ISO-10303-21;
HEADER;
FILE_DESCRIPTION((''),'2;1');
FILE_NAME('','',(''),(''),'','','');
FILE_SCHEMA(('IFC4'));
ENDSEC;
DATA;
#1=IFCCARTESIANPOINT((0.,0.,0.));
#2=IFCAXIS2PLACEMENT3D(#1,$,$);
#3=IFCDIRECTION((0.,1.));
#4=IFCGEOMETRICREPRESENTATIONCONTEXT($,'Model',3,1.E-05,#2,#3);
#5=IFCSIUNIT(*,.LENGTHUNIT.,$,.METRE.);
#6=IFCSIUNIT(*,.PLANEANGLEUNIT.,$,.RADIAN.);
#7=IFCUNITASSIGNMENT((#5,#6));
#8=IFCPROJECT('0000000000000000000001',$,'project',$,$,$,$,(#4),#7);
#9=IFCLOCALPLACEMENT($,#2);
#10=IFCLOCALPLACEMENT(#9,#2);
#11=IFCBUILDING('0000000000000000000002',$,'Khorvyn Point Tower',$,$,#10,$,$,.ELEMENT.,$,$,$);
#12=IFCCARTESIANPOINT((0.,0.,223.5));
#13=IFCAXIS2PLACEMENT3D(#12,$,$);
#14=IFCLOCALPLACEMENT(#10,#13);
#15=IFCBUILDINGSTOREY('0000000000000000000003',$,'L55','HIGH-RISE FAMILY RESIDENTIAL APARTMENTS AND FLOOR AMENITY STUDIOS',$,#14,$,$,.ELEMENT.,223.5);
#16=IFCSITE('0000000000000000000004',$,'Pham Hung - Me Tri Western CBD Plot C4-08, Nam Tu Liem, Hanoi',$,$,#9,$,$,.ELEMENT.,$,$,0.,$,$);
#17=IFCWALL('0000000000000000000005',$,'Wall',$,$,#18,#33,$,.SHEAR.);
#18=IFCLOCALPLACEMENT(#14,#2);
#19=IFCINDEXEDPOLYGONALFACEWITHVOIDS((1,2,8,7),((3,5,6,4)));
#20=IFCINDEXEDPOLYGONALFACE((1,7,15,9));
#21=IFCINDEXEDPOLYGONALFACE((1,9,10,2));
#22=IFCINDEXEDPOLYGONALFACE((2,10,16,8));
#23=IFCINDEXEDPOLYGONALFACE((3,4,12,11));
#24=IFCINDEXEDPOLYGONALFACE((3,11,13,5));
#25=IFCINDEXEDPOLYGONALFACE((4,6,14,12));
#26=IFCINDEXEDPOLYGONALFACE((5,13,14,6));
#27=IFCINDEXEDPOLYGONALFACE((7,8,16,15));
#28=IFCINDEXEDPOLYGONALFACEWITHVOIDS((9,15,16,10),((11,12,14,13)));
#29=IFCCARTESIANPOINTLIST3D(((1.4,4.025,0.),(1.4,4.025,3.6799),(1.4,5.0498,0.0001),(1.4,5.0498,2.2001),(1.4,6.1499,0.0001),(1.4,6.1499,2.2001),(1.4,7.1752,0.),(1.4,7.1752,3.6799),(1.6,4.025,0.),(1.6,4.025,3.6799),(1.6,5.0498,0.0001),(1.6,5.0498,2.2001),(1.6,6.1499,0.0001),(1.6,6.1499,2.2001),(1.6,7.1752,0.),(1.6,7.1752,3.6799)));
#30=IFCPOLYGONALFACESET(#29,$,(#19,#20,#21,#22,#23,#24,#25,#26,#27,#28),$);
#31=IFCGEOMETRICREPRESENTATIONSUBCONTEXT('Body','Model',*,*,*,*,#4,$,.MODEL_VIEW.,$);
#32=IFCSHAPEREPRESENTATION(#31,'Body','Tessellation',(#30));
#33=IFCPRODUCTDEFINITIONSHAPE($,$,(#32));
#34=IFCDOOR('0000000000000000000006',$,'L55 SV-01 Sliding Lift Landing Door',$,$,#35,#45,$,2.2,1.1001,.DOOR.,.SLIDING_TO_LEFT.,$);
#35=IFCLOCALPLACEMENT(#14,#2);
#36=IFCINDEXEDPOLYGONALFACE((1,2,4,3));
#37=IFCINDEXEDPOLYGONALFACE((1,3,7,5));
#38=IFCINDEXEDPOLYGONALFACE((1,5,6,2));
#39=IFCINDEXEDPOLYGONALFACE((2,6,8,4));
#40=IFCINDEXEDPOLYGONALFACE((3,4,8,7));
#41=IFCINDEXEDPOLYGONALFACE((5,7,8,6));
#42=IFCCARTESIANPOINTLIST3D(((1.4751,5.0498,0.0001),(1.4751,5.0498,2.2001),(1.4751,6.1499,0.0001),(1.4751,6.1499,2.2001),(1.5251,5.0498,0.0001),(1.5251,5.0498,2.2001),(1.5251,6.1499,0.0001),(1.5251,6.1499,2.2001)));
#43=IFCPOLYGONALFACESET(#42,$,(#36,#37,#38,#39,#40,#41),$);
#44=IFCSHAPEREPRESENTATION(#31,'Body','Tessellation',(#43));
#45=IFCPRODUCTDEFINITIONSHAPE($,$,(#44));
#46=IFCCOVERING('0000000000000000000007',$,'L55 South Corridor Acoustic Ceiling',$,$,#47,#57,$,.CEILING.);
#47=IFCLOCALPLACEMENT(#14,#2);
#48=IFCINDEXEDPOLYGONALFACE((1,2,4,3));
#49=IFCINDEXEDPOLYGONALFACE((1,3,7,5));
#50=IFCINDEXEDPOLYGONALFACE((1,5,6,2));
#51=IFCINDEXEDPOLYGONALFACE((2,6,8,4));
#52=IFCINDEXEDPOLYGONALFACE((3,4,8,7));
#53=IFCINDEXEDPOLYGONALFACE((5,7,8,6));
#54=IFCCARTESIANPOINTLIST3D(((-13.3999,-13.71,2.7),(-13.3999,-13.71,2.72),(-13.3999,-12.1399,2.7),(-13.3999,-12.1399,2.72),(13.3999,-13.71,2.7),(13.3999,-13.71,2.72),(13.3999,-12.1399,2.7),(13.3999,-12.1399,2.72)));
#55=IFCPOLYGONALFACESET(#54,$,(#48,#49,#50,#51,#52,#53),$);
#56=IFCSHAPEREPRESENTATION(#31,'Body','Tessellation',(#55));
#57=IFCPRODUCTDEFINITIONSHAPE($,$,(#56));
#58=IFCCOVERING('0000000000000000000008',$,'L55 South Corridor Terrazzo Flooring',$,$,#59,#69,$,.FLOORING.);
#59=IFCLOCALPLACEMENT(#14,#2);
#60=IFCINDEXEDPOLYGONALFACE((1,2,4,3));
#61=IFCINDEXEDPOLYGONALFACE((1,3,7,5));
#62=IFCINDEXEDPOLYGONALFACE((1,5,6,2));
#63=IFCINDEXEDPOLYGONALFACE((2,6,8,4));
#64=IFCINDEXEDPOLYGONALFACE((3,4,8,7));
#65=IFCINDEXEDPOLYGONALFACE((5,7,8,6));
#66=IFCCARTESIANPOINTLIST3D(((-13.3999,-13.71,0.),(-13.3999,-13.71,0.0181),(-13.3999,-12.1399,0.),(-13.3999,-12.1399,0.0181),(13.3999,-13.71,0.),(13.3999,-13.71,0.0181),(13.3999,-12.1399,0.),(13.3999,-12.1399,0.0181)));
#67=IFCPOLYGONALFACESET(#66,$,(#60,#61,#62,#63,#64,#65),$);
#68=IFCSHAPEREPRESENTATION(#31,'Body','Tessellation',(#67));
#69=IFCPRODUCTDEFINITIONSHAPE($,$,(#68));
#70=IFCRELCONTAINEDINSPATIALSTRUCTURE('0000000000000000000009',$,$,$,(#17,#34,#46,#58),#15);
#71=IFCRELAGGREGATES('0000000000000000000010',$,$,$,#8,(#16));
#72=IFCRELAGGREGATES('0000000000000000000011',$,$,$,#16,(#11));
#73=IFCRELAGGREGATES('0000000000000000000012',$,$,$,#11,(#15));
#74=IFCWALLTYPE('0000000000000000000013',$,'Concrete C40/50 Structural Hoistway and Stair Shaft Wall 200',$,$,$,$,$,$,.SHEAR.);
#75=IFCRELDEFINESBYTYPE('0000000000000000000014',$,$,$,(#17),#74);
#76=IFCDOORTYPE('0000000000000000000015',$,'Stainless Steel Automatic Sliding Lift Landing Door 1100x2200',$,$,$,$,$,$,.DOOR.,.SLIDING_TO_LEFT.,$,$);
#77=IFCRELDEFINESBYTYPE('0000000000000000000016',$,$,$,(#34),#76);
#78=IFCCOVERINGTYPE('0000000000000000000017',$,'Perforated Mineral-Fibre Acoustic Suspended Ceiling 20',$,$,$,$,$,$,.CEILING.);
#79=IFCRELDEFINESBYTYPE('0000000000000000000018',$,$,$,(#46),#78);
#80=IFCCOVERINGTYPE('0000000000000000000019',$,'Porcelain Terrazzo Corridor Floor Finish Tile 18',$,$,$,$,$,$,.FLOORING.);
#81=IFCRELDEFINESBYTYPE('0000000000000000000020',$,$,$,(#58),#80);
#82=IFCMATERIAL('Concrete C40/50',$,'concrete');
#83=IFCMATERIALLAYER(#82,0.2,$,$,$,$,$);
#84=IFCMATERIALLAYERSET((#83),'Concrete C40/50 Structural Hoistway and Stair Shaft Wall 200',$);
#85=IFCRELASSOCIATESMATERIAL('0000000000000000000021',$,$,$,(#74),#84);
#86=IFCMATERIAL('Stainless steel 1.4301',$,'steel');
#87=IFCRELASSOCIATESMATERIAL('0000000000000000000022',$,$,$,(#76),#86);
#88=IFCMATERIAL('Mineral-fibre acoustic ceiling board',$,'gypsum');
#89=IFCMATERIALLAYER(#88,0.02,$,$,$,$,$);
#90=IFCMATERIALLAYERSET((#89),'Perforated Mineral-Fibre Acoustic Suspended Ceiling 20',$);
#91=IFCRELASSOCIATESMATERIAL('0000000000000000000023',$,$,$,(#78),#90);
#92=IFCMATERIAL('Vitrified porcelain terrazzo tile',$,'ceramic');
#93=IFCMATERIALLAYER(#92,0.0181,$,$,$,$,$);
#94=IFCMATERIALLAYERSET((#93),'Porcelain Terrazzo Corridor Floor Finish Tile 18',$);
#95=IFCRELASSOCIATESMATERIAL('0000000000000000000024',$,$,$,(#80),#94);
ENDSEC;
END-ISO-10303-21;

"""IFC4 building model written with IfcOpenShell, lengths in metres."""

from ifc_helpers import new_model, si_unit, direction, frame, frame_2d, origin, place, context, subcontext, project, spatial, polyline, rectangle, outline, extrude, material, layer, layer_set, type_object, element, fill, save


model = new_model("IFC4")

# Units and contexts
model_context = context("Model", 3, precision=1e-05, world=origin(), true_north=direction((0.0, 1.0)))
body_context = subcontext(model_context, "Body", "Model", "MODEL_VIEW")
ifc_project = project(units=[si_unit("LENGTHUNIT", "METRE"), si_unit("PLANEANGLEUNIT", "RADIAN")], contexts=[model_context])

# Site, building, storey
site_placement = place(None, origin())
site = spatial("IfcSite", under=ifc_project, at=site_placement, Name="Pham Hung - Me Tri Western CBD Plot C4-08, Nam Tu Liem, Hanoi", CompositionType="ELEMENT", RefElevation=0.0)
building_placement = place(site_placement, origin())
building = spatial("IfcBuilding", under=site, at=building_placement, Name="Khorvyn Point Tower", CompositionType="ELEMENT")
storey_placement = place(building_placement, frame((0.0, 0.0, 223.5)))
storey = spatial("IfcBuildingStorey", under=building, at=storey_placement, Name="L55", Description="HIGH-RISE FAMILY RESIDENTIAL APARTMENTS AND FLOOR AMENITY STUDIOS", CompositionType="ELEMENT", Elevation=223.5)

# Shared definitions
ifc_material_1 = material(Name="Concrete C40/50", Category="concrete")

# Shared definitions
ifc_layer_1 = layer(ifc_material_1, 0.2)
ifc_layer_set_1 = layer_set([ifc_layer_1], Name="Concrete C40/50 Structural Hoistway and Stair Shaft Wall 200")
wall_type = type_object("IfcWallType", Name="Concrete C40/50 Structural Hoistway and Stair Shaft Wall 200", PredefinedType="SHEAR", material=ifc_layer_set_1)

# Shared definitions
ifc_material_2 = material(Name="Stainless steel 1.4301", Category="steel")
door_type = type_object("IfcDoorType", Name="Stainless Steel Automatic Sliding Lift Landing Door 1100x2200", OperationType="SLIDING_TO_LEFT", PredefinedType="DOOR", material=ifc_material_2)

# Wall, opening, door
wall_1_placement = place(storey_placement, frame((1.5, 4.0249, 0.0), z_axis=(0.0, 0.0, 1.0), x_axis=(0.0, 1.0, 0.0)))
wall_1 = element("IfcWall", 1, at=wall_1_placement, inside=storey, type_object=wall_type, Name="Wall", PredefinedType="SHEAR", context=body_context, shape_type="SweptSolid", body=[
    extrude(rectangle(XDim=3.1501, YDim=0.2, at=frame_2d((1.5752, 0.0))), origin(), (0.0, 0.0, 1.0), 3.6799),
])
opening_1_placement = place(wall_1_placement, frame((1.0249, 0.0, 0.0)))
opening_1 = element("IfcOpeningElement", 2, at=opening_1_placement, cuts=wall_1, PredefinedType="OPENING", context=body_context, shape_type="SweptSolid", body=[
    extrude(rectangle(XDim=1.1001, YDim=2.2, at=frame_2d((0.55, 1.1001))), frame((0.0, 0.1099, 0.0), z_axis=(0.0, -1.0, 0.0), x_axis=(1.0, 0.0, 0.0)), (0.0, 0.0, 1.0), 0.22),
])
door_1_placement = place(opening_1_placement, origin())
door_1 = element("IfcDoor", 3, at=door_1_placement, inside=storey, type_object=door_type, Name="L55 SV-01 Sliding Lift Landing Door", OperationType="SLIDING_TO_LEFT", OverallHeight=2.2, OverallWidth=1.1001, PredefinedType="DOOR", context=body_context, shape_type="SweptSolid", body=[
    extrude(rectangle(XDim=1.1001, YDim=2.2, at=frame_2d((0.55, 1.1001))), frame((0.0, 0.0249, 0.0), z_axis=(0.0, -1.0, 0.0), x_axis=(1.0, 0.0, 0.0)), (0.0, 0.0, 1.0), 0.05),
])
fill(opening_1, door_1)

# Coverings
ifc_material_3 = material(Name="Mineral-fibre acoustic ceiling board", Category="gypsum")
ifc_layer_2 = layer(ifc_material_3, 0.02)
ifc_layer_set_2 = layer_set([ifc_layer_2], Name="Perforated Mineral-Fibre Acoustic Suspended Ceiling 20")
covering_type_1 = type_object("IfcCoveringType", Name="Perforated Mineral-Fibre Acoustic Suspended Ceiling 20", PredefinedType="CEILING", material=ifc_layer_set_2)
covering_1_placement = place(storey_placement, frame((0.0, 0.0, 2.7)))
element("IfcCovering", 4, at=covering_1_placement, inside=storey, type_object=covering_type_1, Name="L55 South Corridor Acoustic Ceiling", PredefinedType="CEILING", context=body_context, shape_type="SweptSolid", body=[
    extrude(outline(polyline([(-13.3999, -13.71), (13.3999, -13.71), (13.3999, -12.1399), (-13.3999, -12.1399), (-13.3999, -13.71)])), origin(), (0.0, 0.0, 1.0), 0.02),
])
ifc_material_4 = material(Name="Vitrified porcelain terrazzo tile", Category="ceramic")
ifc_layer_3 = layer(ifc_material_4, 0.0181)
ifc_layer_set_3 = layer_set([ifc_layer_3], Name="Porcelain Terrazzo Corridor Floor Finish Tile 18")
covering_type_2 = type_object("IfcCoveringType", Name="Porcelain Terrazzo Corridor Floor Finish Tile 18", PredefinedType="FLOORING", material=ifc_layer_set_3)
covering_2_placement = place(storey_placement, origin())
element("IfcCovering", 5, at=covering_2_placement, inside=storey, type_object=covering_type_2, Name="L55 South Corridor Terrazzo Flooring", PredefinedType="FLOORING", context=body_context, shape_type="SweptSolid", body=[
    extrude(outline(polyline([(-13.3999, -13.71), (13.3999, -13.71), (13.3999, -12.1399), (-13.3999, -12.1399), (-13.3999, -13.71)])), origin(), (0.0, 0.0, 1.0), 0.0181),
])

save(model, "model.ifc")
